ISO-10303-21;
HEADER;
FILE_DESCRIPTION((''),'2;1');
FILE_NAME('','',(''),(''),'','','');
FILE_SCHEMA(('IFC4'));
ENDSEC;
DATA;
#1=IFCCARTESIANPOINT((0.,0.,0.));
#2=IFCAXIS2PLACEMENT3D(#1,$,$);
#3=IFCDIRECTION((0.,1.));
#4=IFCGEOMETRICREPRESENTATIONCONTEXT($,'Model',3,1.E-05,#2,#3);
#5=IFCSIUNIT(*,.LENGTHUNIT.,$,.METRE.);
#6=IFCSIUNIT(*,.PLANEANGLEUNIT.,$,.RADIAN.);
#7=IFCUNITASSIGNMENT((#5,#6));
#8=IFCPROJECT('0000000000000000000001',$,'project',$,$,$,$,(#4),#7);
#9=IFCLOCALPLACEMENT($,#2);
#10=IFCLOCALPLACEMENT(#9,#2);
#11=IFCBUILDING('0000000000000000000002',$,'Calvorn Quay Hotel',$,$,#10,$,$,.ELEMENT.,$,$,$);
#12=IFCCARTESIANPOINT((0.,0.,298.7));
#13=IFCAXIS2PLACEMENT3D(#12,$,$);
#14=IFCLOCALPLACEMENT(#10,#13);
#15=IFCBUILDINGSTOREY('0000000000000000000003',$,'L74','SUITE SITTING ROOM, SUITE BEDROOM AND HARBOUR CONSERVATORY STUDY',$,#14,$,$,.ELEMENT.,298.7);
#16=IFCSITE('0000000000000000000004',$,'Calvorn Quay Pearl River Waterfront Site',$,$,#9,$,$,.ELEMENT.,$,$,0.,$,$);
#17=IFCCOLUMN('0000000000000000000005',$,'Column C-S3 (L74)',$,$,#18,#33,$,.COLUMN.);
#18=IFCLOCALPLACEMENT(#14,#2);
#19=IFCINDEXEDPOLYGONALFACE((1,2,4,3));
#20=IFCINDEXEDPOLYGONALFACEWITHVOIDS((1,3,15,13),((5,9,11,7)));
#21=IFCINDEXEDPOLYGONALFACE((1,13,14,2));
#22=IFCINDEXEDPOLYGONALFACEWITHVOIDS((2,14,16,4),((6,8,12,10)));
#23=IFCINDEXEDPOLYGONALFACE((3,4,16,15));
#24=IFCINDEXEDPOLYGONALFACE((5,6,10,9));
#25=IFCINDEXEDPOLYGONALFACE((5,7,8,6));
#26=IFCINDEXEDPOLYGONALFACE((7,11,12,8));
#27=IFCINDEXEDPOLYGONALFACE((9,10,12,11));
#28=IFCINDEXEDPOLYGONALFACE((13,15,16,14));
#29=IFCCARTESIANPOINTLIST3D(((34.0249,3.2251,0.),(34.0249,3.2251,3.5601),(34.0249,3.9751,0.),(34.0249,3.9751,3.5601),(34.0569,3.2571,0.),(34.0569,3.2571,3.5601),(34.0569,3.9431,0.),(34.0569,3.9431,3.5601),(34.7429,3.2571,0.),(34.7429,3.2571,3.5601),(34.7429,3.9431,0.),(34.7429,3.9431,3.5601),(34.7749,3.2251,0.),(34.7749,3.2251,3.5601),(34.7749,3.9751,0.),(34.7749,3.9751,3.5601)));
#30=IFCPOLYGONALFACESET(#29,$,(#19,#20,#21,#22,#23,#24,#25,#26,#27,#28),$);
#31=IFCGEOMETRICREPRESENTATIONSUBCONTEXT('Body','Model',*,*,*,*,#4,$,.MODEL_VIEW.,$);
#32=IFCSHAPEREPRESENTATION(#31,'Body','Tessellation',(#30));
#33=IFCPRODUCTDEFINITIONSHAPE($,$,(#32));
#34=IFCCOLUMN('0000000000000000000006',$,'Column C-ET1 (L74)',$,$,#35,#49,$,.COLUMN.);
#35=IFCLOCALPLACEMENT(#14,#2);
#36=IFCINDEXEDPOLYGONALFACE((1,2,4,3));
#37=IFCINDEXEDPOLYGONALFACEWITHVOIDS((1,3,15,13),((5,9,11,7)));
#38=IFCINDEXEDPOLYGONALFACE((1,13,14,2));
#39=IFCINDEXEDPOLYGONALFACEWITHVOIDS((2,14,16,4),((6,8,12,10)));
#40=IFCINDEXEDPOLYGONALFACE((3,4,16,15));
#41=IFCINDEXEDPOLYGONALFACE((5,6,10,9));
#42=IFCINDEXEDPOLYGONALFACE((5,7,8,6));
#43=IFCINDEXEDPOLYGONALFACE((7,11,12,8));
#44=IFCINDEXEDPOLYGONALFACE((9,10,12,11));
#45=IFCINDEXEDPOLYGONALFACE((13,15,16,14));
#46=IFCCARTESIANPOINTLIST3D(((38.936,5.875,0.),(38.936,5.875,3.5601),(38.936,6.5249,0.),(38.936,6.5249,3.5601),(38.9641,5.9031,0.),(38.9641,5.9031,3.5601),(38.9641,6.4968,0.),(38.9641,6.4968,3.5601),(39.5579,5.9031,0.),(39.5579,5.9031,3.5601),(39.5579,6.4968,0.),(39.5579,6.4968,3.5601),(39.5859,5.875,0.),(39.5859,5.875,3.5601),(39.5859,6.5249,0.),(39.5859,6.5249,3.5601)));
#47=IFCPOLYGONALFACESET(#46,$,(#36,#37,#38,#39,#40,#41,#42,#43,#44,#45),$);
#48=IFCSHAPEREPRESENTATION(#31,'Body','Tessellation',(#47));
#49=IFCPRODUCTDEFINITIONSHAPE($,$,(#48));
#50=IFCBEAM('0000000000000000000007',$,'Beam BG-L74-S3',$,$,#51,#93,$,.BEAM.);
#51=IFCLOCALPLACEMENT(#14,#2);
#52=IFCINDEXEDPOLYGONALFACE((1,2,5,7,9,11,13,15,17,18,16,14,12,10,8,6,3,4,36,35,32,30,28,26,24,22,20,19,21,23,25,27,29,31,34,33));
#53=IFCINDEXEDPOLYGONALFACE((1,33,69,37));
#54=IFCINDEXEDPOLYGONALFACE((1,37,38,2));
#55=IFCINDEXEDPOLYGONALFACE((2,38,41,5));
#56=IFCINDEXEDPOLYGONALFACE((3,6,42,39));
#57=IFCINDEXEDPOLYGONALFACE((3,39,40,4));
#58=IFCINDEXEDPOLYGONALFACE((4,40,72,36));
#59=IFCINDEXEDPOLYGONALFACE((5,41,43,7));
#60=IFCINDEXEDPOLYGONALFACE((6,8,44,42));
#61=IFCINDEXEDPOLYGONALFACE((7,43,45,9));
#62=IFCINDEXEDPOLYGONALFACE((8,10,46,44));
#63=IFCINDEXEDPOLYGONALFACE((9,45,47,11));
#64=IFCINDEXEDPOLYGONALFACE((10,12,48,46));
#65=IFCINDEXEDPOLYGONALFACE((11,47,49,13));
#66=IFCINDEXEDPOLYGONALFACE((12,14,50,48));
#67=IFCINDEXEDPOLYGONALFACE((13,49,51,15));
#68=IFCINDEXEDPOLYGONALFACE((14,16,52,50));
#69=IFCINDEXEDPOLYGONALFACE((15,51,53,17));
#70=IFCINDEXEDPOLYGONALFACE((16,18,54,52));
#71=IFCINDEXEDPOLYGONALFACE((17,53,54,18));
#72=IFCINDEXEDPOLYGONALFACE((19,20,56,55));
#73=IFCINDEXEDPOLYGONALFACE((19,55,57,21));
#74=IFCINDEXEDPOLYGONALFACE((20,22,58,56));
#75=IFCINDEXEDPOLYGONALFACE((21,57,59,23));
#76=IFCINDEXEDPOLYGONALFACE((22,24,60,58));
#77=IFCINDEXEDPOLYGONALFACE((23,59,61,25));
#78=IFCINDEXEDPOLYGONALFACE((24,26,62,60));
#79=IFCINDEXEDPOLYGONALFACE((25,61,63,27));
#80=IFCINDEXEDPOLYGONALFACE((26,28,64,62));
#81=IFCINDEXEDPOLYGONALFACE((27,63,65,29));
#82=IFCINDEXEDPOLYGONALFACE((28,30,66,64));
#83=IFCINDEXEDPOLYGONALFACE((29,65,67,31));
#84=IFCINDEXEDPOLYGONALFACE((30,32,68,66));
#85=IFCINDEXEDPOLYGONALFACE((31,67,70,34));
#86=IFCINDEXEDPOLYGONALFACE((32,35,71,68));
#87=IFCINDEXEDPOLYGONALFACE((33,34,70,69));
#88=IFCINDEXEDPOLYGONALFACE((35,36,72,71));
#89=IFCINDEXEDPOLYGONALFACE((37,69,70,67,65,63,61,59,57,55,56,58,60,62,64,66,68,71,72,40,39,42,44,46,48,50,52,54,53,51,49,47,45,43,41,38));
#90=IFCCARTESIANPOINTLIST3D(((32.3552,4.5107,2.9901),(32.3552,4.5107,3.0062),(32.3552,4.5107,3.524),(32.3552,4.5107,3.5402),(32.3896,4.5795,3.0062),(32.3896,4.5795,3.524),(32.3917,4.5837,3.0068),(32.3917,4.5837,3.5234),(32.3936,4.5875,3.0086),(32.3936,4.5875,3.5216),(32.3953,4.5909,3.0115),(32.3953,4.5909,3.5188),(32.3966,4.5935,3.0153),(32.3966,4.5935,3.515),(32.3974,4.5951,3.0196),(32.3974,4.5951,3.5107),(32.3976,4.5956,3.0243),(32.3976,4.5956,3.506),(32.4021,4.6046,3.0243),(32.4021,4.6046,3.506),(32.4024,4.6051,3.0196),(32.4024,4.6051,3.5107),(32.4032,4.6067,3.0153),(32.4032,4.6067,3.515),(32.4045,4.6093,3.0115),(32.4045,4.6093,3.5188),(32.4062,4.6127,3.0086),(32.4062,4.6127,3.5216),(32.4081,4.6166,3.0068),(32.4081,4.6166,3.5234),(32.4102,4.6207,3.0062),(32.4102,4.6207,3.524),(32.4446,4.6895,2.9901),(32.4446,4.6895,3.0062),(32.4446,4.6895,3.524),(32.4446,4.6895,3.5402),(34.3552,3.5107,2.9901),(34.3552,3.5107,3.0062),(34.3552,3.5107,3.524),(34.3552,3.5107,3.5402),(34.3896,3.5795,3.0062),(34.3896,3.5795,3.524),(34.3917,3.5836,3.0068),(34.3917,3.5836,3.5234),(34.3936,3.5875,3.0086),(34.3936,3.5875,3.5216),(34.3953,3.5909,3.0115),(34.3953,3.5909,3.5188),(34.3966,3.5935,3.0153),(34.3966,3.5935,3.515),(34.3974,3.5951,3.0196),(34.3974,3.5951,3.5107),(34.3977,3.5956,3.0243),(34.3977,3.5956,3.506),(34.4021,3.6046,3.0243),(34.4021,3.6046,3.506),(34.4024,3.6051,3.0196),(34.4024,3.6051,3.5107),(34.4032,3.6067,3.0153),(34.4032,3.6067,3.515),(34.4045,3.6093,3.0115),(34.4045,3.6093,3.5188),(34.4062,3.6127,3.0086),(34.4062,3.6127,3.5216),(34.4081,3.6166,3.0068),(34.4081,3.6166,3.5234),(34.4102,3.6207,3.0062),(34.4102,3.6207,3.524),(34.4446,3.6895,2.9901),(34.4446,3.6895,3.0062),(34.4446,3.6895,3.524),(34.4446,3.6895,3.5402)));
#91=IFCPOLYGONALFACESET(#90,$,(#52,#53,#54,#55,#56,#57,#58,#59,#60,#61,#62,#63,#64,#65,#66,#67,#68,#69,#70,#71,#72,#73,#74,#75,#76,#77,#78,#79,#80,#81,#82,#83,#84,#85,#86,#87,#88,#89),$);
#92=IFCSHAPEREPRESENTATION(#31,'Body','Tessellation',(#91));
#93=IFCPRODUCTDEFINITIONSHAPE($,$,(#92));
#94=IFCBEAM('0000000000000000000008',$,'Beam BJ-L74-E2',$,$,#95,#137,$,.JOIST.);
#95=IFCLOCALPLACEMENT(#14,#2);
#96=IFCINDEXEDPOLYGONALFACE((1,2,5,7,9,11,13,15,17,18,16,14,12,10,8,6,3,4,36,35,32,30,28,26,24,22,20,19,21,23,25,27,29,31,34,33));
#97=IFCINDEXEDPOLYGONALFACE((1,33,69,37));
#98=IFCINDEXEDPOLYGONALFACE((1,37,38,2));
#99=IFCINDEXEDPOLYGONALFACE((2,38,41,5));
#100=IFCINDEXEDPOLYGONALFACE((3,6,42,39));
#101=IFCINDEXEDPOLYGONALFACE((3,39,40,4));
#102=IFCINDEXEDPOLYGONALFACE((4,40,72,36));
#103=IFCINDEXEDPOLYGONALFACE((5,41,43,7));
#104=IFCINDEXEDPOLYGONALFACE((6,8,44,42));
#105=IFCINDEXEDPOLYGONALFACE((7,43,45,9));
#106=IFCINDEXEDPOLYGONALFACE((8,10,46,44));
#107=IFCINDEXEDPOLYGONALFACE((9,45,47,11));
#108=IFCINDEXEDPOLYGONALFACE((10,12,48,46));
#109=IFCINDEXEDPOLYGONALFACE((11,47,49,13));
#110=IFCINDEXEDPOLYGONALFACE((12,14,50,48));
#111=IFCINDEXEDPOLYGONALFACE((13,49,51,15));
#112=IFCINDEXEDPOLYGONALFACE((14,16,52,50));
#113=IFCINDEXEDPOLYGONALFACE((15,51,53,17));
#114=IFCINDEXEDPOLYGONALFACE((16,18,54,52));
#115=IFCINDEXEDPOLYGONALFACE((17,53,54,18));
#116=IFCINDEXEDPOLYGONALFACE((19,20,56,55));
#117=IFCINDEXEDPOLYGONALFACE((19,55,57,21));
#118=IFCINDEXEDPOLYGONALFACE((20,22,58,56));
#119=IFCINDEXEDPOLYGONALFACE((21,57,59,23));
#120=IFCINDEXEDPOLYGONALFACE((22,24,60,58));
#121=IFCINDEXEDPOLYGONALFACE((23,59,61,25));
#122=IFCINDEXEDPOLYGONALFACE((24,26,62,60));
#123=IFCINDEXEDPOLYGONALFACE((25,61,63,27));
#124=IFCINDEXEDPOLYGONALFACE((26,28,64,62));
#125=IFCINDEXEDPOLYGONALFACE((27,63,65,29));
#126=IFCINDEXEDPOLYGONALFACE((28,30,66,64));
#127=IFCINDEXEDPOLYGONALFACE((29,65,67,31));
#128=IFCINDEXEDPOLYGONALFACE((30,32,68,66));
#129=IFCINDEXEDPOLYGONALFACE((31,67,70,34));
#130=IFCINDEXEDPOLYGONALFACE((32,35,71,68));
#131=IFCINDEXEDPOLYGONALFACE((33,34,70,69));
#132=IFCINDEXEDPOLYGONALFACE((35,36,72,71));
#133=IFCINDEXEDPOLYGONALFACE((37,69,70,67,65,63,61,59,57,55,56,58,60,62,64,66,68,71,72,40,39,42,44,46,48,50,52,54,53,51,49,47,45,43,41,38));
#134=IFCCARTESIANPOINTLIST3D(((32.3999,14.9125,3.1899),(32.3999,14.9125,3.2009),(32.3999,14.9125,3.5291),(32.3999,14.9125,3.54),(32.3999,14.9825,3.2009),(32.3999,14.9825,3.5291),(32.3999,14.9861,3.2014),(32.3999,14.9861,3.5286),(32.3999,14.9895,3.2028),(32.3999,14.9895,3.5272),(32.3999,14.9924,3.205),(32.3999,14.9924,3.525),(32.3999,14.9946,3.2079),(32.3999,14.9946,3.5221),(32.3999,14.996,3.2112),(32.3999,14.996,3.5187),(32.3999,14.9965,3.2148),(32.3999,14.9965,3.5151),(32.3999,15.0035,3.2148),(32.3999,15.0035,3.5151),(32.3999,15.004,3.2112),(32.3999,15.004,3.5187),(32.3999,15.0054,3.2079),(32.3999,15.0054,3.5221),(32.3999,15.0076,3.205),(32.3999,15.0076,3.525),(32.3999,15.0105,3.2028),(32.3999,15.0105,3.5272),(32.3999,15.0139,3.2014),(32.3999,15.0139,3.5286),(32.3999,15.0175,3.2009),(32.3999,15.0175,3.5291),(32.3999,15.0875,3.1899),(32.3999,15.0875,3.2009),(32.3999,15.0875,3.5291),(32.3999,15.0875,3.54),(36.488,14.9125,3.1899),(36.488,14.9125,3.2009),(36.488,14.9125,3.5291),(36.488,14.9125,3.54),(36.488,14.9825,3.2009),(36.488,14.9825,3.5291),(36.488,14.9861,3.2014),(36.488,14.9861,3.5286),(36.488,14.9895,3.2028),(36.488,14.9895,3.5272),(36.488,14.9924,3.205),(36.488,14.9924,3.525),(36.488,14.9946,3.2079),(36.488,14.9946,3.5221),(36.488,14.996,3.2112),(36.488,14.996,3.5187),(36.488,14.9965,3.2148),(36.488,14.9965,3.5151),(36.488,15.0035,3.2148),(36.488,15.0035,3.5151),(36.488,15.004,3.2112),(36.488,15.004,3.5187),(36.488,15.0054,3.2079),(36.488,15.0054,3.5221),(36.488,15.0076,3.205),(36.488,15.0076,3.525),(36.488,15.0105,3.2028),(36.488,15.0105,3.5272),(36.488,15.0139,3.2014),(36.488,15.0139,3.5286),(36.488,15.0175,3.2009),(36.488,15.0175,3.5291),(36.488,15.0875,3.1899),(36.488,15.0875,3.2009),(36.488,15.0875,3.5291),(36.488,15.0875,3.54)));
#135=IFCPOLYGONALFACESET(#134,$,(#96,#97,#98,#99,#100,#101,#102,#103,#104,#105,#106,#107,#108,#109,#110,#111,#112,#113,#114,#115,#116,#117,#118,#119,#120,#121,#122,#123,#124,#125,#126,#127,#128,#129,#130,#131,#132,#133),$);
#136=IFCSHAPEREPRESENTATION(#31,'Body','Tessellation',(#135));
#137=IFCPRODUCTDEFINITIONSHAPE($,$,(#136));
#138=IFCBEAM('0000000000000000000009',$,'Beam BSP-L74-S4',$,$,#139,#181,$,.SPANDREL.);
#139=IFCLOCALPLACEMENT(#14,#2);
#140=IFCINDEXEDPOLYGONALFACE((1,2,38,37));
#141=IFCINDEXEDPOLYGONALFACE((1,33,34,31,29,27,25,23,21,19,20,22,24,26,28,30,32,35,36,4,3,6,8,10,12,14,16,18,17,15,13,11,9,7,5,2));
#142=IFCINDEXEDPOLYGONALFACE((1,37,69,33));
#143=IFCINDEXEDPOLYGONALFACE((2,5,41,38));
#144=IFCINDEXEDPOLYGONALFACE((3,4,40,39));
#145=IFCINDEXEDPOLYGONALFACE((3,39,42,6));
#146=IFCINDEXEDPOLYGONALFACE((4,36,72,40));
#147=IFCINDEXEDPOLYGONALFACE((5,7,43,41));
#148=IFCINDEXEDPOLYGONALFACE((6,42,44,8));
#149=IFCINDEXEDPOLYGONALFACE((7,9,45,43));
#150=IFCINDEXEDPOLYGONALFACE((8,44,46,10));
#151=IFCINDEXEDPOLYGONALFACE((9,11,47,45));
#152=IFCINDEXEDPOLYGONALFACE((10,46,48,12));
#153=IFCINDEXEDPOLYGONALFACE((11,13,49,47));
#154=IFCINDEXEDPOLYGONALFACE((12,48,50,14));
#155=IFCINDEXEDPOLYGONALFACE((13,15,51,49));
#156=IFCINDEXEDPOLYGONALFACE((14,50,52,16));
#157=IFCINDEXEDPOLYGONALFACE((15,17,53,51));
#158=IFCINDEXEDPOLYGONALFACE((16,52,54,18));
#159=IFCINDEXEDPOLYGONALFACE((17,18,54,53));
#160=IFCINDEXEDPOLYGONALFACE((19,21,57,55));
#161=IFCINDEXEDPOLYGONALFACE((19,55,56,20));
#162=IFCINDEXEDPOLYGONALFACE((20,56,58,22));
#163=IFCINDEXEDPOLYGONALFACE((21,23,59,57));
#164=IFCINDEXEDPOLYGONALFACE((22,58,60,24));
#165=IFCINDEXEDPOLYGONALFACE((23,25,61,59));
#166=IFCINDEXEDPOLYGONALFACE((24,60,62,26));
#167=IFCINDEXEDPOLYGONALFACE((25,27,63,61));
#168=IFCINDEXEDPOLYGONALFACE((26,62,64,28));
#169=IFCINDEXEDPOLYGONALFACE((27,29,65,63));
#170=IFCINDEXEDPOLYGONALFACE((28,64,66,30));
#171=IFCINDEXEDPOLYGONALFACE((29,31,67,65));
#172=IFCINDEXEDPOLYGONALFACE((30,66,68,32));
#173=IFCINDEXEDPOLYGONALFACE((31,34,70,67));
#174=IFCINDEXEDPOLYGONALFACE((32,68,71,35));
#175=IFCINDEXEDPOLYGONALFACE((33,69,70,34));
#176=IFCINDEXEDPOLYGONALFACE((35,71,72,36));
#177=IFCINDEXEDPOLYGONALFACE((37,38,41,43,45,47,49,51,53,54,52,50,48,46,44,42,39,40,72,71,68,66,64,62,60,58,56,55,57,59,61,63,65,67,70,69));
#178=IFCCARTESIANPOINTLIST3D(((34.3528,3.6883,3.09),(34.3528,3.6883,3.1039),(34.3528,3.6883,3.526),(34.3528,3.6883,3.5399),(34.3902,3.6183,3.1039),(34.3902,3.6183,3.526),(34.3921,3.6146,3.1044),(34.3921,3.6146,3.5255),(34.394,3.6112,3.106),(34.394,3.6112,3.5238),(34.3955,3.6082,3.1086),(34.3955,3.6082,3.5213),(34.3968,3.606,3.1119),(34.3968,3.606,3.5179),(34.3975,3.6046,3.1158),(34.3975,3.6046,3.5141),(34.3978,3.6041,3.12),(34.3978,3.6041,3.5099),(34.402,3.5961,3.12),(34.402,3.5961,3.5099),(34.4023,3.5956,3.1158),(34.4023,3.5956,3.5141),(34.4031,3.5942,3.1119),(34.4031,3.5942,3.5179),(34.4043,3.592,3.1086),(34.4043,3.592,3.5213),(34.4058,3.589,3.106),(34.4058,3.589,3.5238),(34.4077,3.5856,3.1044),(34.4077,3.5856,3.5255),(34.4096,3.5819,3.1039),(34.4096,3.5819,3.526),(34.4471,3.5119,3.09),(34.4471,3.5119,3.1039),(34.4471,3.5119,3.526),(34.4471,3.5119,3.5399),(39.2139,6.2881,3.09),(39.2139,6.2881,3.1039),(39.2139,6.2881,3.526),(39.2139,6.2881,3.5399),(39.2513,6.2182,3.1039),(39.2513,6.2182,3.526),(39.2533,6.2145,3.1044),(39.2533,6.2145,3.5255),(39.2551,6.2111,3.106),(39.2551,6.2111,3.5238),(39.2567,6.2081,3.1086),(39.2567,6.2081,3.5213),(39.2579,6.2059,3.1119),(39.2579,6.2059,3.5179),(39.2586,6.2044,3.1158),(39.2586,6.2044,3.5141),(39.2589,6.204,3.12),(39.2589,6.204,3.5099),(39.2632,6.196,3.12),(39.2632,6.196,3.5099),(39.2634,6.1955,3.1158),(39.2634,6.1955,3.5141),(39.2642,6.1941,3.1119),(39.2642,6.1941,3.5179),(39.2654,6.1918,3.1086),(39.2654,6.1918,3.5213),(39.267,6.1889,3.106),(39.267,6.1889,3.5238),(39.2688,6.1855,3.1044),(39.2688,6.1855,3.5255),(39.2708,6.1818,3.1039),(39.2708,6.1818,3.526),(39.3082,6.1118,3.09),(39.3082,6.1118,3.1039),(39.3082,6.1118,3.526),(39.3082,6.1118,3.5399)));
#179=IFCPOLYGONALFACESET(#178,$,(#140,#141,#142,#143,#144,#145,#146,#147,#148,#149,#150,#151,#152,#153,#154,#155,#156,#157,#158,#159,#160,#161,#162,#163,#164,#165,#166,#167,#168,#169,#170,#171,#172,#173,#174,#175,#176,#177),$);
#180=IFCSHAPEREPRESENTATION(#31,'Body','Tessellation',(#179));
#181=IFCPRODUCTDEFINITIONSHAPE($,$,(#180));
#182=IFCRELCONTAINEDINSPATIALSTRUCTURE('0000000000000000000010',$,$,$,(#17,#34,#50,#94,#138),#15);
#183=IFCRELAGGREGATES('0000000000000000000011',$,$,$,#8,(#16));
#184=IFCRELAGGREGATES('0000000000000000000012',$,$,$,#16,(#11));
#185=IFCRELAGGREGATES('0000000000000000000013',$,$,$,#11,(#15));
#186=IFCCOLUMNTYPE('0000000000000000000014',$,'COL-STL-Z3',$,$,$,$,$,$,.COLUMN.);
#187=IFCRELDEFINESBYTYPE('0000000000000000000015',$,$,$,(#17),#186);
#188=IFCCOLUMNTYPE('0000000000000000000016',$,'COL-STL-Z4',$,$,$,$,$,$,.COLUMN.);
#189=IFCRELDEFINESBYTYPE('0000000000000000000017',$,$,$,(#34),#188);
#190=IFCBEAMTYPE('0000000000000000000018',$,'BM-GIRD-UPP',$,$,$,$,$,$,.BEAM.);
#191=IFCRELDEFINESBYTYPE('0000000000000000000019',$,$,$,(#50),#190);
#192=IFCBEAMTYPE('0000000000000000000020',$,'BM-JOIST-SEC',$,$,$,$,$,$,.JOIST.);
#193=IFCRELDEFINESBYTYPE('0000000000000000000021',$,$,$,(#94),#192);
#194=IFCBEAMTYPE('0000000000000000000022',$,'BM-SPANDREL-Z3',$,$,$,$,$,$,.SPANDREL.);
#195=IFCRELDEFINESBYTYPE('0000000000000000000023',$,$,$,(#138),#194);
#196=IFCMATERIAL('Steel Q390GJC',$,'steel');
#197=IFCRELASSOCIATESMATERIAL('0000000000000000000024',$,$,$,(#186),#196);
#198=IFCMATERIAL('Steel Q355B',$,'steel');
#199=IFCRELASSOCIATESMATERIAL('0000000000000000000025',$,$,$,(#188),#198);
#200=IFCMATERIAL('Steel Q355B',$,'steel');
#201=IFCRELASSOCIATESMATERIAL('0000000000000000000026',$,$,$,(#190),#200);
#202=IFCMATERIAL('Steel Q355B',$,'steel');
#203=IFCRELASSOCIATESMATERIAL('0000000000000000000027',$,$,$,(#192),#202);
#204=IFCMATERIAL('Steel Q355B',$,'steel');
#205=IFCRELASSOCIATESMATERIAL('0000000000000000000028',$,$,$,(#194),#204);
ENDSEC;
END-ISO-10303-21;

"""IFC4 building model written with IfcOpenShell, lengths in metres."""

from ifc_helpers import new_model, si_unit, direction, frame, origin, origin_2d, place, context, subcontext, project, spatial, hollow_rectangle, i_section, extrude, material, material_profile, profile_set, type_object, element, save


model = new_model("IFC4")

# Units and contexts
model_context = context("Model", 3, precision=1e-05, world=origin(), true_north=direction((0.0, 1.0)))
body_context = subcontext(model_context, "Body", "Model", "MODEL_VIEW")
ifc_project = project(units=[si_unit("LENGTHUNIT", "METRE"), si_unit("PLANEANGLEUNIT", "RADIAN")], contexts=[model_context])

# Site, building, storey
site_placement = place(None, origin())
site = spatial("IfcSite", under=ifc_project, at=site_placement, Name="Calvorn Quay Pearl River Waterfront Site", CompositionType="ELEMENT", RefElevation=0.0)
building_placement = place(site_placement, origin())
building = spatial("IfcBuilding", under=site, at=building_placement, Name="Calvorn Quay Hotel", CompositionType="ELEMENT")
storey_placement = place(building_placement, frame((0.0, 0.0, 298.7)))
storey = spatial("IfcBuildingStorey", under=building, at=storey_placement, Name="L74", Description="SUITE SITTING ROOM, SUITE BEDROOM AND HARBOUR CONSERVATORY STUDY", CompositionType="ELEMENT", Elevation=298.7)

# Columns
ifc_material_1 = material(Name="Steel Q390GJC", Category="steel")
ifc_material_profile_1 = material_profile(ifc_material_1, hollow_rectangle(XDim=0.75, YDim=0.75, WallThickness=0.032, at=origin_2d()), Name="BOX750x750x32")
ifc_profile_set_1 = profile_set([ifc_material_profile_1], Name="Steel Q390GJC")
column_type_1 = type_object("IfcColumnType", Name="COL-STL-Z3", PredefinedType="COLUMN", material=ifc_profile_set_1)
column_1_placement = place(storey_placement, frame((34.3999, 3.6001, 0.0), z_axis=(0.0, 0.0, 1.0), x_axis=(1.0, 0.0, 0.0)))
element("IfcColumn", 1, at=column_1_placement, inside=storey, type_object=column_type_1, Name="Column C-S3 (L74)", PredefinedType="COLUMN", context=body_context, shape_type="SweptSolid", body=[
    extrude(hollow_rectangle(XDim=0.75, YDim=0.75, WallThickness=0.032, at=origin_2d()), origin(), (0.0, 0.0, 1.0), 3.5601),
])
ifc_material_2 = material(Name="Steel Q355B", Category="steel")
ifc_material_profile_2 = material_profile(ifc_material_2, hollow_rectangle(XDim=0.6499, YDim=0.6499, WallThickness=0.0281, at=origin_2d()), Name="BOX650x650x28")
ifc_profile_set_2 = profile_set([ifc_material_profile_2], Name="Steel Q355B")
column_type_2 = type_object("IfcColumnType", Name="COL-STL-Z4", PredefinedType="COLUMN", material=ifc_profile_set_2)
column_2_placement = place(storey_placement, frame((39.261, 6.2, 0.0), z_axis=(0.0, 0.0, 1.0), x_axis=(1.0, 0.0, 0.0)))
element("IfcColumn", 2, at=column_2_placement, inside=storey, type_object=column_type_2, Name="Column C-ET1 (L74)", PredefinedType="COLUMN", context=body_context, shape_type="SweptSolid", body=[
    extrude(hollow_rectangle(XDim=0.6499, YDim=0.6499, WallThickness=0.0281, at=origin_2d()), origin(), (0.0, 0.0, 1.0), 3.5601),
])

# Beams
ifc_material_3 = material(Name="Steel Q355B", Category="steel")
ifc_material_profile_3 = material_profile(ifc_material_3, i_section(OverallWidth=0.2, OverallDepth=0.55, WebThickness=0.01, FlangeThickness=0.0161, FilletRadius=0.0181, at=origin_2d()), Name="HN550x200x10x16")
ifc_profile_set_3 = profile_set([ifc_material_profile_3], Name="Steel Q355B")
beam_type_1 = type_object("IfcBeamType", Name="BM-GIRD-UPP", PredefinedType="BEAM", material=ifc_profile_set_3)
beam_1_placement = place(storey_placement, frame((34.3999, 3.6001, 3.2651), z_axis=(-0.894427, 0.447214, 0.0), x_axis=(-0.447214, -0.894427, 0.0)))
element("IfcBeam", 3, at=beam_1_placement, inside=storey, type_object=beam_type_1, Name="Beam BG-L74-S3", PredefinedType="BEAM", context=body_context, shape_type="SweptSolid", body=[
    extrude(i_section(OverallWidth=0.2, OverallDepth=0.55, WebThickness=0.01, FlangeThickness=0.0161, FilletRadius=0.0181, at=origin_2d()), origin(), (0.0, 0.0, 1.0), 2.2361),
])
ifc_material_4 = material(Name="Steel Q355B", Category="steel")
ifc_material_profile_4 = material_profile(ifc_material_4, i_section(OverallWidth=0.175, OverallDepth=0.3501, WebThickness=0.0071, FlangeThickness=0.011, FilletRadius=0.0139, at=origin_2d()), Name="HN350x175x7x11")
ifc_profile_set_4 = profile_set([ifc_material_profile_4], Name="Steel Q355B")
beam_type_2 = type_object("IfcBeamType", Name="BM-JOIST-SEC", PredefinedType="JOIST", material=ifc_profile_set_4)
beam_2_placement = place(storey_placement, frame((32.3999, 15.0, 3.365), z_axis=(1.0, 0.0, 0.0), x_axis=(0.0, 1.0, 0.0)))
element("IfcBeam", 4, at=beam_2_placement, inside=storey, type_object=beam_type_2, Name="Beam BJ-L74-E2", PredefinedType="JOIST", context=body_context, shape_type="SweptSolid", body=[
    extrude(i_section(OverallWidth=0.175, OverallDepth=0.3501, WebThickness=0.0071, FlangeThickness=0.011, FilletRadius=0.0139, at=origin_2d()), origin(), (0.0, 0.0, 1.0), 4.0881),
])
ifc_material_5 = material(Name="Steel Q355B", Category="steel")
ifc_material_profile_5 = material_profile(ifc_material_5, i_section(OverallWidth=0.2, OverallDepth=0.45, WebThickness=0.009, FlangeThickness=0.0139, FilletRadius=0.0161, at=origin_2d()), Name="HN450x200x9x14")
ifc_profile_set_5 = profile_set([ifc_material_profile_5], Name="Steel Q355B")
beam_type_3 = type_object("IfcBeamType", Name="BM-SPANDREL-Z3", PredefinedType="SPANDREL", material=ifc_profile_set_5)
beam_3_placement = place(storey_placement, frame((34.3999, 3.6001, 3.3149), z_axis=(0.881804, 0.471615, 0.0), x_axis=(-0.471615, 0.881804, 0.0)))
element("IfcBeam", 5, at=beam_3_placement, inside=storey, type_object=beam_type_3, Name="Beam BSP-L74-S4", PredefinedType="SPANDREL", context=body_context, shape_type="SweptSolid", body=[
    extrude(i_section(OverallWidth=0.2, OverallDepth=0.45, WebThickness=0.009, FlangeThickness=0.0139, FilletRadius=0.0161, at=origin_2d()), origin(), (0.0, 0.0, 1.0), 5.5127),
])

save(model, "model.ifc")
